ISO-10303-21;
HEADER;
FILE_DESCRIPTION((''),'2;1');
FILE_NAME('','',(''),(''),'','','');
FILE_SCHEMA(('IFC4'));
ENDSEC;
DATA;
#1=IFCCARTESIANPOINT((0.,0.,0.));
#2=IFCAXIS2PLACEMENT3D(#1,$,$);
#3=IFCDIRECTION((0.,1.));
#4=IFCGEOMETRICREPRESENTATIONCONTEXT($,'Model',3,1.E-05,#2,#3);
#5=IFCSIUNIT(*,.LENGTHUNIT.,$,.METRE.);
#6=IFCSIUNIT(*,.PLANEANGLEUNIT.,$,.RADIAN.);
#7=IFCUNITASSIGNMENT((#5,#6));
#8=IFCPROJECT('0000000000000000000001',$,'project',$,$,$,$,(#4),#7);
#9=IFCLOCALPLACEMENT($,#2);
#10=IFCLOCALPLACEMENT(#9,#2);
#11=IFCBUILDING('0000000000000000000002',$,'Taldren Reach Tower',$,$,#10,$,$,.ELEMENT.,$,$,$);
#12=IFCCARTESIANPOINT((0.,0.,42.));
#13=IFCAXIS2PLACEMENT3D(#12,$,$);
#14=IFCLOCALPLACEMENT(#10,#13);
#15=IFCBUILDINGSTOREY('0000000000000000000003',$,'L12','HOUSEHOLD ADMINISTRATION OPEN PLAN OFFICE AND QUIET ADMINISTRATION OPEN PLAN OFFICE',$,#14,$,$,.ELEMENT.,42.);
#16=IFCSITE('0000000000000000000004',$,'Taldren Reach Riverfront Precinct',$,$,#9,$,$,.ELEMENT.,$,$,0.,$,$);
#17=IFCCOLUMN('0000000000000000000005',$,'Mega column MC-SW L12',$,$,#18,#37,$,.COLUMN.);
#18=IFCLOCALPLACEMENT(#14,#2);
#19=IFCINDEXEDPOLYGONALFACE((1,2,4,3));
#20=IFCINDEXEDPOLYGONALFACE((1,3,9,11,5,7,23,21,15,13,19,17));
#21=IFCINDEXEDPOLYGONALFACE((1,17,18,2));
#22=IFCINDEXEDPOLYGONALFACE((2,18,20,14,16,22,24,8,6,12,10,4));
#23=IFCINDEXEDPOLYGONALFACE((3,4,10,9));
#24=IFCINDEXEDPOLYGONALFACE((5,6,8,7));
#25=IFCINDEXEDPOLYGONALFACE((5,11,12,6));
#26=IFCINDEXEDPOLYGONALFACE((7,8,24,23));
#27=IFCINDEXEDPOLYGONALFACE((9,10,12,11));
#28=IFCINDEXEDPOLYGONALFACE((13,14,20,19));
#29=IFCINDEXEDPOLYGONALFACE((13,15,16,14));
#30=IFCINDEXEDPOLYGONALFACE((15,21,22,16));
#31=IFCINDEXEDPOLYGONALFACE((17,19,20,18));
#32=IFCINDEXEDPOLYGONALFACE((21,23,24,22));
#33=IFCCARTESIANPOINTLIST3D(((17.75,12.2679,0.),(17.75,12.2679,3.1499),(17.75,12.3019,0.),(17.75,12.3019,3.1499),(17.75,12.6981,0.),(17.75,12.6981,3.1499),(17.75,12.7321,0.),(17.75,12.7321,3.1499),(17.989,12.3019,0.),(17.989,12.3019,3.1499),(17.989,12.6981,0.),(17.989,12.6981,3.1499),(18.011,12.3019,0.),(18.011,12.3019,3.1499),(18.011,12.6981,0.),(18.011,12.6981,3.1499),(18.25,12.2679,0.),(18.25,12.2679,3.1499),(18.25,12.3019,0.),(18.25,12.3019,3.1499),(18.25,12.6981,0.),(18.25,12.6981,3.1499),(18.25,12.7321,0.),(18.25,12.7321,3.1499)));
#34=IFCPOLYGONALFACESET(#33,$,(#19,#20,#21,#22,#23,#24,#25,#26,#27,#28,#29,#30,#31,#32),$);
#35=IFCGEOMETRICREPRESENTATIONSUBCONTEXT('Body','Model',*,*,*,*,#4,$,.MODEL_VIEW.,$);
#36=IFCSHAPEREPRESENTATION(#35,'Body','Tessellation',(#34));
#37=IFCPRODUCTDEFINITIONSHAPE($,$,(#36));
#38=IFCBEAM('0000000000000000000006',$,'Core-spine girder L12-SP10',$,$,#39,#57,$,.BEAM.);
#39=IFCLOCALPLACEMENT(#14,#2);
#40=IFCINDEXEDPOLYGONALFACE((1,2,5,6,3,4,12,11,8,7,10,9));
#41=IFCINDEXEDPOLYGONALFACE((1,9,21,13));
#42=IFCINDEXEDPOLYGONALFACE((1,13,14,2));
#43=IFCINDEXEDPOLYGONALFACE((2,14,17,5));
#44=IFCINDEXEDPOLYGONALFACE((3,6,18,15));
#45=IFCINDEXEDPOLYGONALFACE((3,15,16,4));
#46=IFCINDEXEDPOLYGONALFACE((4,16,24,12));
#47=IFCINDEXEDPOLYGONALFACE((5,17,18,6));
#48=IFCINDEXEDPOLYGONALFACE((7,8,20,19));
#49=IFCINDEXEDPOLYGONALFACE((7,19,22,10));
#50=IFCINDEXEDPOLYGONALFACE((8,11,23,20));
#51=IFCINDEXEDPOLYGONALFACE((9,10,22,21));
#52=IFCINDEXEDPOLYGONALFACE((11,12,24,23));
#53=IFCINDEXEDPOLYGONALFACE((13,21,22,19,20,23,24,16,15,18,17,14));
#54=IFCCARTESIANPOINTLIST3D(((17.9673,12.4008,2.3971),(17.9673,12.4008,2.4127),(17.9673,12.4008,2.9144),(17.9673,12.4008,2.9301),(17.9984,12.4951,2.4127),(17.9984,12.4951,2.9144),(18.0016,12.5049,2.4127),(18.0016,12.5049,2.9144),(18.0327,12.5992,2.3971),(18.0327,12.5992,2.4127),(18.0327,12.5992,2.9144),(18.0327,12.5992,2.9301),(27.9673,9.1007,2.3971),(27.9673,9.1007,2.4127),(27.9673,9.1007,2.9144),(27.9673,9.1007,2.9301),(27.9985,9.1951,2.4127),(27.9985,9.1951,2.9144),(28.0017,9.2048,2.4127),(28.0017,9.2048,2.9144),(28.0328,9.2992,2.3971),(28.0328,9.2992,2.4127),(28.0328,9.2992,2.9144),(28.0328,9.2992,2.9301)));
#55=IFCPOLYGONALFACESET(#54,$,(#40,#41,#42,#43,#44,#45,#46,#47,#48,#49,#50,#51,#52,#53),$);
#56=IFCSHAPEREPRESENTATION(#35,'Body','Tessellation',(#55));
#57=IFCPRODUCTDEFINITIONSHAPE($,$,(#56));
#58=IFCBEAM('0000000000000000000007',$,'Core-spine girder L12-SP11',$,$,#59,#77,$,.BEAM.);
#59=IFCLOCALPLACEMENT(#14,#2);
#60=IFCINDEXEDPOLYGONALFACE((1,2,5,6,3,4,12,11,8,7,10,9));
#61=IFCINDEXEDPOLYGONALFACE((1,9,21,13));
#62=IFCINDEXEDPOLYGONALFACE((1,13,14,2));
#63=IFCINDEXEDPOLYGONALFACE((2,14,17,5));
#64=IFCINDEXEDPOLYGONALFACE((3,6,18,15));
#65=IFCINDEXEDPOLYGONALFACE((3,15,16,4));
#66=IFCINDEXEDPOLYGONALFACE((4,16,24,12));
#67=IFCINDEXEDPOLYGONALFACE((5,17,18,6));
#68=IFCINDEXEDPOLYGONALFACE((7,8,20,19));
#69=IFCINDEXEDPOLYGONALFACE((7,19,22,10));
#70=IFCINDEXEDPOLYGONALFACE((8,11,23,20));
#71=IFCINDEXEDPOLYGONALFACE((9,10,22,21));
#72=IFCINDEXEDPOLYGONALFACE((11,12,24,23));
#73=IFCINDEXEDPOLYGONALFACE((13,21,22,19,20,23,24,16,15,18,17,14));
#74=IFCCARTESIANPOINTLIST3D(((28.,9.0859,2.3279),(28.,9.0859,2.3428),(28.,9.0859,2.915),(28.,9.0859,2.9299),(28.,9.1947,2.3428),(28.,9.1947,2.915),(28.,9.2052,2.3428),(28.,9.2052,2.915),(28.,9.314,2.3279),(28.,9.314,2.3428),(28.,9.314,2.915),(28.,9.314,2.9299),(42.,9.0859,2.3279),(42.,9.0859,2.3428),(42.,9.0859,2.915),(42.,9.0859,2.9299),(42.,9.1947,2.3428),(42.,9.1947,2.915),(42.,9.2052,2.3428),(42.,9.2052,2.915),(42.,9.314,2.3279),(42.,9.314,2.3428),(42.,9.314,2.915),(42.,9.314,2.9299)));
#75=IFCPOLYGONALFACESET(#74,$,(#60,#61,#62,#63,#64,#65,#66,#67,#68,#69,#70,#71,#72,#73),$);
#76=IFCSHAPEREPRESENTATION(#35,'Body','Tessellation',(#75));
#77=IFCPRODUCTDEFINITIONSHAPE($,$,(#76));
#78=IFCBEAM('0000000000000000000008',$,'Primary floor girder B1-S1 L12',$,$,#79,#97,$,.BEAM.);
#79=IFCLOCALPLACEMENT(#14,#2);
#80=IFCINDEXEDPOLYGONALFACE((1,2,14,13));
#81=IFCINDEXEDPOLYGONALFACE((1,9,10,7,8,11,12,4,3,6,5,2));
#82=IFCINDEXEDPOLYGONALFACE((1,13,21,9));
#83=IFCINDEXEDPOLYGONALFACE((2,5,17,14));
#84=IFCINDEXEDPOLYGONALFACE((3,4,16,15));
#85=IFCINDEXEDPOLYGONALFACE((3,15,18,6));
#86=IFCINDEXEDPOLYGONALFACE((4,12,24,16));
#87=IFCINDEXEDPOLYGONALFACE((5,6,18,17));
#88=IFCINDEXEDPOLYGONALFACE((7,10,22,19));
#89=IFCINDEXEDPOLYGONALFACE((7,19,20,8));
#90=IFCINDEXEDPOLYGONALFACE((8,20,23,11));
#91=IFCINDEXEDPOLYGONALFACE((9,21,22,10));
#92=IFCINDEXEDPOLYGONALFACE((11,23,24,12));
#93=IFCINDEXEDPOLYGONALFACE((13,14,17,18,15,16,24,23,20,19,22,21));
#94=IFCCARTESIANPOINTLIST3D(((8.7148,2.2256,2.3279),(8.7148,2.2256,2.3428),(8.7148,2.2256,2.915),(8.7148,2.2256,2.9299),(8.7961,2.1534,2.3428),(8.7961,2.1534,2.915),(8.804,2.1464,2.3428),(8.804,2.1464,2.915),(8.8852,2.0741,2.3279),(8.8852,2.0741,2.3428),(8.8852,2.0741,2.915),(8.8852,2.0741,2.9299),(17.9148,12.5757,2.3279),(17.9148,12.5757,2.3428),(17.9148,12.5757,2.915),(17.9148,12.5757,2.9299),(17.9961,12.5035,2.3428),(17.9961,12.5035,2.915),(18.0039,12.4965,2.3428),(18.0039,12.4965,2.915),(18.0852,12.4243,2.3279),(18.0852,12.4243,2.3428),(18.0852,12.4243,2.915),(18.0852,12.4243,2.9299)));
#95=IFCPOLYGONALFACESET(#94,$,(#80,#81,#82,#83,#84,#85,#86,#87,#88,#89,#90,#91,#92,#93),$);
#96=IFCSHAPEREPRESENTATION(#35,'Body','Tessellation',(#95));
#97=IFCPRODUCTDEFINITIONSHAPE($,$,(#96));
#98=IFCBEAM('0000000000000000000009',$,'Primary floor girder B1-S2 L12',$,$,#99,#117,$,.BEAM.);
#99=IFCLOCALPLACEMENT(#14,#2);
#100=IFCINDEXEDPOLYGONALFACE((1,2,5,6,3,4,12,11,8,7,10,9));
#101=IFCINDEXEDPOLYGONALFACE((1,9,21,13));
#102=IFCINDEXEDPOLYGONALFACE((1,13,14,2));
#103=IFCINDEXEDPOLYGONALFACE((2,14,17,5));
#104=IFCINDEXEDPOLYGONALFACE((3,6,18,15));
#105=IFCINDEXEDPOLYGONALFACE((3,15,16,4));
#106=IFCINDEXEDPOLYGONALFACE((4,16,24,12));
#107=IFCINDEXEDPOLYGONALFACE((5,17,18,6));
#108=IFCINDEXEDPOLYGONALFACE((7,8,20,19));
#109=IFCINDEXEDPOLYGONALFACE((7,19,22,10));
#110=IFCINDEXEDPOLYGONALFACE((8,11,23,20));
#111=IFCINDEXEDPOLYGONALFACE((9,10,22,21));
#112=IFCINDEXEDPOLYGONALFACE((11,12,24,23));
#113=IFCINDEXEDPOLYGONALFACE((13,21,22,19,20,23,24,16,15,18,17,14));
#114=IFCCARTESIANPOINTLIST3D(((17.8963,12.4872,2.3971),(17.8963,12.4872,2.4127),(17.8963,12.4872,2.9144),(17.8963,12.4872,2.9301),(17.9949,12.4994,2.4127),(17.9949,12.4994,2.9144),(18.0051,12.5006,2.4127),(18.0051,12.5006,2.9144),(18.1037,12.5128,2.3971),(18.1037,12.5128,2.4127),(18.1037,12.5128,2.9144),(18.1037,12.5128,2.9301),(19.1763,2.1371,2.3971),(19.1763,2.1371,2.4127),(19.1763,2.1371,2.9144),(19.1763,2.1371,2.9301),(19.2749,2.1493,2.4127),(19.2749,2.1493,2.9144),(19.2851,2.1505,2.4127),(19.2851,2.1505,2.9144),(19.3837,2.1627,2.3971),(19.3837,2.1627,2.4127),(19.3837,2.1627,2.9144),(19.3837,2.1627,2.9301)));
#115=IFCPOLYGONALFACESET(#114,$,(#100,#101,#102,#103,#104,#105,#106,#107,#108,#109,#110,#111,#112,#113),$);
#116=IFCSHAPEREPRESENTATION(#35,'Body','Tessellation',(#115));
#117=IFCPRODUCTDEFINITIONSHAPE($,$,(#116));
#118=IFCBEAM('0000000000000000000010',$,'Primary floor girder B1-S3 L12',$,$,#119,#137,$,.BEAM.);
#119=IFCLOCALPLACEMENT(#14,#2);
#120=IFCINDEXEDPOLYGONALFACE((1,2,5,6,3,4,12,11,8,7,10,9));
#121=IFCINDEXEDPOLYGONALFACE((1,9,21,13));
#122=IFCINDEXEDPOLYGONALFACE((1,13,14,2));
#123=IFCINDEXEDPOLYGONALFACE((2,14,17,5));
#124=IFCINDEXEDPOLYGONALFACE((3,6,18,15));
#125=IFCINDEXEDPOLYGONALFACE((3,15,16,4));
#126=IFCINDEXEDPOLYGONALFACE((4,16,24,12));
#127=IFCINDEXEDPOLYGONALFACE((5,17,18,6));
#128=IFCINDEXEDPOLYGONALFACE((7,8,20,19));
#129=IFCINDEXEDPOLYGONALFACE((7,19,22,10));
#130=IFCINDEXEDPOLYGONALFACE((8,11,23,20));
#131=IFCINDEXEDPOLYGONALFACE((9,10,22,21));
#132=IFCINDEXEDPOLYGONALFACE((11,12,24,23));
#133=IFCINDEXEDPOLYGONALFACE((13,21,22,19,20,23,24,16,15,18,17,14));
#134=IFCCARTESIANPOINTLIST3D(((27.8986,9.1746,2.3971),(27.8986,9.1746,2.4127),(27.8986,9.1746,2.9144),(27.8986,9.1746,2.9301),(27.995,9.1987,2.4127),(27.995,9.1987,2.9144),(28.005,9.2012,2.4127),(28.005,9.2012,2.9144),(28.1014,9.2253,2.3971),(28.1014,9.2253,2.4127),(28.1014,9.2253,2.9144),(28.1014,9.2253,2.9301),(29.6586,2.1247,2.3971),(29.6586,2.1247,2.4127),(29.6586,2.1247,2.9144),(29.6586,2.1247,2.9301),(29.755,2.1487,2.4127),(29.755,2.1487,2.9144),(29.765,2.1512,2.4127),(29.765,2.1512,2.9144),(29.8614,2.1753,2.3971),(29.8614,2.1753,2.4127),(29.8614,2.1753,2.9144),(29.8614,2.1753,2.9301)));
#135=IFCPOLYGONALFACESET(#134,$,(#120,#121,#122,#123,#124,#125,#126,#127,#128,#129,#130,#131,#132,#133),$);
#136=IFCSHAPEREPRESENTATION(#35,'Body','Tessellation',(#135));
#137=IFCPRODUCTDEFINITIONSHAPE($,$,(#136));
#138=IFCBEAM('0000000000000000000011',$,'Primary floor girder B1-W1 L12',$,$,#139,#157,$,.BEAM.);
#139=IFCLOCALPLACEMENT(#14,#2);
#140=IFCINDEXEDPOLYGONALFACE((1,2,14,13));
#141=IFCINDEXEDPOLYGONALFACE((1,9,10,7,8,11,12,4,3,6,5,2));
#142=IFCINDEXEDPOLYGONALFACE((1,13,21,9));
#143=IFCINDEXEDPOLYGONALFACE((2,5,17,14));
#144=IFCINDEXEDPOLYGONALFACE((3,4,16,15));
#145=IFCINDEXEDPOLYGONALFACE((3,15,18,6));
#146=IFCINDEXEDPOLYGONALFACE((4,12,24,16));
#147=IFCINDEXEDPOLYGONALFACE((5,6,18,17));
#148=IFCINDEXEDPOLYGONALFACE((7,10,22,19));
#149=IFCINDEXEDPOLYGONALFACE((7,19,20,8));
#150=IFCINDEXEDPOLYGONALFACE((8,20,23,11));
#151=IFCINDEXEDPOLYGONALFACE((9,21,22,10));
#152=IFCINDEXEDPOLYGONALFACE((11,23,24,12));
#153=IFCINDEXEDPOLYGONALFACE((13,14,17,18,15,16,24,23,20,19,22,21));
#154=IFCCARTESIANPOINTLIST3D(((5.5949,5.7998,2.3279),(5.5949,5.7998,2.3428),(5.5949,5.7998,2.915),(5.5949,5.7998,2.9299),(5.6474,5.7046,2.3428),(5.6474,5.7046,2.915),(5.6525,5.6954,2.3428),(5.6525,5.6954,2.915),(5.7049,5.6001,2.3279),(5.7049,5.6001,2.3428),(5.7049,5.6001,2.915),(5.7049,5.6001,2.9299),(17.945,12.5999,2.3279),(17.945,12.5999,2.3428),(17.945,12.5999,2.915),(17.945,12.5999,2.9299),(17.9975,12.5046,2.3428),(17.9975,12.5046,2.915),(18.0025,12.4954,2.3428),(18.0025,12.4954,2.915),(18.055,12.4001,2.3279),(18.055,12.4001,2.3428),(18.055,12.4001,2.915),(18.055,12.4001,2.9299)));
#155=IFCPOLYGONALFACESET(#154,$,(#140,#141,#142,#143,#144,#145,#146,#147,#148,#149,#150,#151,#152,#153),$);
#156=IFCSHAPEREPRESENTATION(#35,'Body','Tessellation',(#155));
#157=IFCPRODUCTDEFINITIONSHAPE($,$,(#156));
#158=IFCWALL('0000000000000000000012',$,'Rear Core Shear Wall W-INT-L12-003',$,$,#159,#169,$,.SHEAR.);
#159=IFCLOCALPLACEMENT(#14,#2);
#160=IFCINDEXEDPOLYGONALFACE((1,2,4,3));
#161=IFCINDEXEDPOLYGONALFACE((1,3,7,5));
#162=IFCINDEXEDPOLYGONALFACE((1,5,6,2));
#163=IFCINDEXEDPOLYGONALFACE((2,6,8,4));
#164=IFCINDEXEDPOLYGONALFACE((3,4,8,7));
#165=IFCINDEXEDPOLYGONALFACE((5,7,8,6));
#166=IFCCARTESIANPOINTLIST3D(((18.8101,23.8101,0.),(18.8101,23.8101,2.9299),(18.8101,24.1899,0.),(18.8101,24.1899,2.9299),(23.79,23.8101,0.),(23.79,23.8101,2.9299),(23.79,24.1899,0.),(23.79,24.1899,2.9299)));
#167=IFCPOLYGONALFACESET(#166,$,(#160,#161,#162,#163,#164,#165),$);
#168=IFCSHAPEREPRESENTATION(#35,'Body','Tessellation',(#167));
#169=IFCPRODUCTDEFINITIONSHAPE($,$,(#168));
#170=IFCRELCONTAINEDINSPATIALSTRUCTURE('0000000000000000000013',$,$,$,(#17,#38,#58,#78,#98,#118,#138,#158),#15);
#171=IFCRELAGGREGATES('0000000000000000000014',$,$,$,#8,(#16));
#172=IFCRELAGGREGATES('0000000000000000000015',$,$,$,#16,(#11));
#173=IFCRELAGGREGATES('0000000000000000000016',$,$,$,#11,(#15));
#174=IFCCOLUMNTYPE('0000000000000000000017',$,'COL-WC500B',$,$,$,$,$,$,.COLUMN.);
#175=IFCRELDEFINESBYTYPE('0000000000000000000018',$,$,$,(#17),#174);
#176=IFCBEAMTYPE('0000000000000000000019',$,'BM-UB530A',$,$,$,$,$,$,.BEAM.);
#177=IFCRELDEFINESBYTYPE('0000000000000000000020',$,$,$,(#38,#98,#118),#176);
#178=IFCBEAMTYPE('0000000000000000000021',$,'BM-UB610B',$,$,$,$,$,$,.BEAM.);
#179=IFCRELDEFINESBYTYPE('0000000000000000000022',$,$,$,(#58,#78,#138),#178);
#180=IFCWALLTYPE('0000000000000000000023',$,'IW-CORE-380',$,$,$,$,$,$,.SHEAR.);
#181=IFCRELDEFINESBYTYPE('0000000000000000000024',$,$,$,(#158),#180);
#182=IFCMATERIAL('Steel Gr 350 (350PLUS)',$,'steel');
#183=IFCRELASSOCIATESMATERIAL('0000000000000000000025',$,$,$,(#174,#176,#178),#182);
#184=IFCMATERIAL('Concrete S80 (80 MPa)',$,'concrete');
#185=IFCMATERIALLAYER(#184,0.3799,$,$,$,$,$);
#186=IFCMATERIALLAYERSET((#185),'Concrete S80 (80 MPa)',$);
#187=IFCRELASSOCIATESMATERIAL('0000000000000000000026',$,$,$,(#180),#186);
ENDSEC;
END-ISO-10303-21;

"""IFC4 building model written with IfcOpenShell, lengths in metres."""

from ifc_helpers import new_model, si_unit, direction, frame, frame_2d, origin, origin_2d, place, context, subcontext, project, spatial, rectangle, i_section, extrude, source, transform, mapped, material, layer, layer_set, material_profile, profile_set, type_object, element, save


model = new_model("IFC4")

# Units and contexts
model_context = context("Model", 3, precision=1e-05, world=origin(), true_north=direction((0.0, 1.0)))
body_context = subcontext(model_context, "Body", "Model", "MODEL_VIEW")
ifc_project = project(units=[si_unit("LENGTHUNIT", "METRE"), si_unit("PLANEANGLEUNIT", "RADIAN")], contexts=[model_context])

# Site, building, storey
site_placement = place(None, origin())
site = spatial("IfcSite", under=ifc_project, at=site_placement, Name="Taldren Reach Riverfront Precinct", CompositionType="ELEMENT", RefElevation=0.0)
building_placement = place(site_placement, origin())
building = spatial("IfcBuilding", under=site, at=building_placement, Name="Taldren Reach Tower", CompositionType="ELEMENT")
storey_placement = place(building_placement, frame((0.0, 0.0, 42.0)))
storey = spatial("IfcBuildingStorey", under=building, at=storey_placement, Name="L12", Description="HOUSEHOLD ADMINISTRATION OPEN PLAN OFFICE AND QUIET ADMINISTRATION OPEN PLAN OFFICE", CompositionType="ELEMENT", Elevation=42.0)

# Column
ifc_material_1 = material(Name="Steel Gr 350 (350PLUS)", Category="steel")
ifc_material_profile_1 = material_profile(ifc_material_1, i_section(OverallWidth=0.5, OverallDepth=0.4641, WebThickness=0.022, FlangeThickness=0.0339, at=origin_2d()), Name="500WC340")
ifc_profile_set_1 = profile_set([ifc_material_profile_1], Name="Steel Gr 350 (350PLUS)")
column_type = type_object("IfcColumnType", Name="COL-WC500B", PredefinedType="COLUMN", material=ifc_profile_set_1)
shared_shape_1 = source(origin(), body_context, "Body", "SweptSolid", [
    extrude(i_section(OverallWidth=0.5, OverallDepth=0.4641, WebThickness=0.022, FlangeThickness=0.0339, at=origin_2d()), origin(), (0.0, 0.0, 1.0), 3.1499),
])
column_placement = place(storey_placement, frame((18.0, 12.5, 0.0), z_axis=(0.0, 0.0, 1.0), x_axis=(1.0, 0.0, 0.0)))
element("IfcColumn", 1, at=column_placement, inside=storey, type_object=column_type, Name="Mega column MC-SW L12", PredefinedType="COLUMN", context=body_context, shape_type="MappedRepresentation", body=[
    mapped(shared_shape_1, transform((0.0, 0.0, 0.0), scale=1.0)),
])

# Beams
ifc_material_profile_2 = material_profile(ifc_material_1, i_section(OverallWidth=0.209, OverallDepth=0.533, WebThickness=0.0103, FlangeThickness=0.0156, at=origin_2d()), Name="530UB92.4")
ifc_profile_set_2 = profile_set([ifc_material_profile_2], Name="Steel Gr 350 (350PLUS)")
beam_type_1 = type_object("IfcBeamType", Name="BM-UB530A", PredefinedType="BEAM", material=ifc_profile_set_2)
shared_shape_2 = source(origin(), body_context, "Body", "SweptSolid", [
    extrude(i_section(OverallWidth=0.209, OverallDepth=0.533, WebThickness=0.0103, FlangeThickness=0.0156, at=origin_2d()), origin(), (0.0, 0.0, 1.0), 10.5305),
])
beam_1_placement = place(storey_placement, frame((18.0, 12.5, 2.6636), z_axis=(0.949627, -0.313382, 0.0), x_axis=(0.313382, 0.949627, 0.0)))
element("IfcBeam", 2, at=beam_1_placement, inside=storey, type_object=beam_type_1, Name="Core-spine girder L12-SP10", PredefinedType="BEAM", context=body_context, shape_type="MappedRepresentation", body=[
    mapped(shared_shape_2, transform((0.0, 0.0, 0.0), scale=1.0)),
])
ifc_material_profile_3 = material_profile(ifc_material_1, i_section(OverallWidth=0.228, OverallDepth=0.6021, WebThickness=0.0105, FlangeThickness=0.0149, at=origin_2d()), Name="610UB101")
ifc_profile_set_3 = profile_set([ifc_material_profile_3], Name="Steel Gr 350 (350PLUS)")
beam_type_2 = type_object("IfcBeamType", Name="BM-UB610B", PredefinedType="BEAM", material=ifc_profile_set_3)
shared_shape_3 = source(origin(), body_context, "Body", "SweptSolid", [
    extrude(i_section(OverallWidth=0.228, OverallDepth=0.6021, WebThickness=0.0105, FlangeThickness=0.0149, at=origin_2d()), origin(), (0.0, 0.0, 1.0), 14.0),
])
beam_2_placement = place(storey_placement, frame((28.0, 9.2, 2.6289), z_axis=(1.0, 0.0, 0.0), x_axis=(0.0, 1.0, 0.0)))
element("IfcBeam", 3, at=beam_2_placement, inside=storey, type_object=beam_type_2, Name="Core-spine girder L12-SP11", PredefinedType="BEAM", context=body_context, shape_type="MappedRepresentation", body=[
    mapped(shared_shape_3, transform((0.0, 0.0, 0.0), scale=1.0)),
])
shared_shape_4 = source(origin(), body_context, "Body", "SweptSolid", [
    extrude(i_section(OverallWidth=0.228, OverallDepth=0.6021, WebThickness=0.0105, FlangeThickness=0.0149, at=origin_2d()), origin(), (0.0, 0.0, 1.0), 13.8479),
])
beam_3_placement = place(storey_placement, frame((18.0, 12.5, 2.6289), z_axis=(-0.664358, -0.747414, 0.0), x_axis=(0.747414, -0.664358, 0.0)))
element("IfcBeam", 4, at=beam_3_placement, inside=storey, type_object=beam_type_2, Name="Primary floor girder B1-S1 L12", PredefinedType="BEAM", context=body_context, shape_type="MappedRepresentation", body=[
    mapped(shared_shape_4, transform((0.0, 0.0, 0.0), scale=1.0)),
])
shared_shape_5 = source(origin(), body_context, "Body", "SweptSolid", [
    extrude(i_section(OverallWidth=0.209, OverallDepth=0.533, WebThickness=0.0103, FlangeThickness=0.0156, at=origin_2d()), origin(), (0.0, 0.0, 1.0), 10.429),
])
beam_4_placement = place(storey_placement, frame((18.0, 12.5, 2.6636), z_axis=(0.122738, -0.992439, 0.0), x_axis=(0.992439, 0.122738, 0.0)))
element("IfcBeam", 5, at=beam_4_placement, inside=storey, type_object=beam_type_1, Name="Primary floor girder B1-S2 L12", PredefinedType="BEAM", context=body_context, shape_type="MappedRepresentation", body=[
    mapped(shared_shape_5, transform((0.0, 0.0, 0.0), scale=1.0)),
])
shared_shape_6 = source(origin(), body_context, "Body", "SweptSolid", [
    extrude(i_section(OverallWidth=0.209, OverallDepth=0.533, WebThickness=0.0103, FlangeThickness=0.0156, at=origin_2d()), origin(), (0.0, 0.0, 1.0), 7.2664),
])
beam_5_placement = place(storey_placement, frame((28.0, 9.2, 2.6636), z_axis=(0.242211, -0.970223, 0.0), x_axis=(0.970223, 0.242211, 0.0)))
element("IfcBeam", 6, at=beam_5_placement, inside=storey, type_object=beam_type_1, Name="Primary floor girder B1-S3 L12", PredefinedType="BEAM", context=body_context, shape_type="MappedRepresentation", body=[
    mapped(shared_shape_6, transform((0.0, 0.0, 0.0), scale=1.0)),
])
shared_shape_7 = source(origin(), body_context, "Body", "SweptSolid", [
    extrude(i_section(OverallWidth=0.228, OverallDepth=0.6021, WebThickness=0.0105, FlangeThickness=0.0149, at=origin_2d()), origin(), (0.0, 0.0, 1.0), 14.0984),
])
beam_6_placement = place(storey_placement, frame((18.0, 12.5, 2.6289), z_axis=(-0.875991, -0.482327, 0.0), x_axis=(0.482327, -0.875991, 0.0)))
element("IfcBeam", 7, at=beam_6_placement, inside=storey, type_object=beam_type_2, Name="Primary floor girder B1-W1 L12", PredefinedType="BEAM", context=body_context, shape_type="MappedRepresentation", body=[
    mapped(shared_shape_7, transform((0.0, 0.0, 0.0), scale=1.0)),
])

# Wall
ifc_material_2 = material(Name="Concrete S80 (80 MPa)", Category="concrete")
ifc_layer_1 = layer(ifc_material_2, 0.3799)
ifc_layer_set_1 = layer_set([ifc_layer_1], Name="Concrete S80 (80 MPa)")
wall_type_1 = type_object("IfcWallType", Name="IW-CORE-380", PredefinedType="SHEAR", material=ifc_layer_set_1)
shared_shape_8 = source(origin(), body_context, "Body", "SweptSolid", [
    extrude(rectangle(XDim=4.98, YDim=0.3799, at=frame_2d((2.49, 0.0))), origin(), (0.0, 0.0, 1.0), 2.9299),
])
wall_1_placement = place(storey_placement, frame((18.8101, 24.0, 0.0), z_axis=(0.0, 0.0, 1.0), x_axis=(1.0, 0.0, 0.0)))
element("IfcWall", 8, at=wall_1_placement, inside=storey, type_object=wall_type_1, Name="Rear Core Shear Wall W-INT-L12-003", PredefinedType="SHEAR", context=body_context, shape_type="MappedRepresentation", body=[
    mapped(shared_shape_8, transform((0.0, 0.0, 0.0), scale=1.0)),
])

save(model, "model.ifc")
